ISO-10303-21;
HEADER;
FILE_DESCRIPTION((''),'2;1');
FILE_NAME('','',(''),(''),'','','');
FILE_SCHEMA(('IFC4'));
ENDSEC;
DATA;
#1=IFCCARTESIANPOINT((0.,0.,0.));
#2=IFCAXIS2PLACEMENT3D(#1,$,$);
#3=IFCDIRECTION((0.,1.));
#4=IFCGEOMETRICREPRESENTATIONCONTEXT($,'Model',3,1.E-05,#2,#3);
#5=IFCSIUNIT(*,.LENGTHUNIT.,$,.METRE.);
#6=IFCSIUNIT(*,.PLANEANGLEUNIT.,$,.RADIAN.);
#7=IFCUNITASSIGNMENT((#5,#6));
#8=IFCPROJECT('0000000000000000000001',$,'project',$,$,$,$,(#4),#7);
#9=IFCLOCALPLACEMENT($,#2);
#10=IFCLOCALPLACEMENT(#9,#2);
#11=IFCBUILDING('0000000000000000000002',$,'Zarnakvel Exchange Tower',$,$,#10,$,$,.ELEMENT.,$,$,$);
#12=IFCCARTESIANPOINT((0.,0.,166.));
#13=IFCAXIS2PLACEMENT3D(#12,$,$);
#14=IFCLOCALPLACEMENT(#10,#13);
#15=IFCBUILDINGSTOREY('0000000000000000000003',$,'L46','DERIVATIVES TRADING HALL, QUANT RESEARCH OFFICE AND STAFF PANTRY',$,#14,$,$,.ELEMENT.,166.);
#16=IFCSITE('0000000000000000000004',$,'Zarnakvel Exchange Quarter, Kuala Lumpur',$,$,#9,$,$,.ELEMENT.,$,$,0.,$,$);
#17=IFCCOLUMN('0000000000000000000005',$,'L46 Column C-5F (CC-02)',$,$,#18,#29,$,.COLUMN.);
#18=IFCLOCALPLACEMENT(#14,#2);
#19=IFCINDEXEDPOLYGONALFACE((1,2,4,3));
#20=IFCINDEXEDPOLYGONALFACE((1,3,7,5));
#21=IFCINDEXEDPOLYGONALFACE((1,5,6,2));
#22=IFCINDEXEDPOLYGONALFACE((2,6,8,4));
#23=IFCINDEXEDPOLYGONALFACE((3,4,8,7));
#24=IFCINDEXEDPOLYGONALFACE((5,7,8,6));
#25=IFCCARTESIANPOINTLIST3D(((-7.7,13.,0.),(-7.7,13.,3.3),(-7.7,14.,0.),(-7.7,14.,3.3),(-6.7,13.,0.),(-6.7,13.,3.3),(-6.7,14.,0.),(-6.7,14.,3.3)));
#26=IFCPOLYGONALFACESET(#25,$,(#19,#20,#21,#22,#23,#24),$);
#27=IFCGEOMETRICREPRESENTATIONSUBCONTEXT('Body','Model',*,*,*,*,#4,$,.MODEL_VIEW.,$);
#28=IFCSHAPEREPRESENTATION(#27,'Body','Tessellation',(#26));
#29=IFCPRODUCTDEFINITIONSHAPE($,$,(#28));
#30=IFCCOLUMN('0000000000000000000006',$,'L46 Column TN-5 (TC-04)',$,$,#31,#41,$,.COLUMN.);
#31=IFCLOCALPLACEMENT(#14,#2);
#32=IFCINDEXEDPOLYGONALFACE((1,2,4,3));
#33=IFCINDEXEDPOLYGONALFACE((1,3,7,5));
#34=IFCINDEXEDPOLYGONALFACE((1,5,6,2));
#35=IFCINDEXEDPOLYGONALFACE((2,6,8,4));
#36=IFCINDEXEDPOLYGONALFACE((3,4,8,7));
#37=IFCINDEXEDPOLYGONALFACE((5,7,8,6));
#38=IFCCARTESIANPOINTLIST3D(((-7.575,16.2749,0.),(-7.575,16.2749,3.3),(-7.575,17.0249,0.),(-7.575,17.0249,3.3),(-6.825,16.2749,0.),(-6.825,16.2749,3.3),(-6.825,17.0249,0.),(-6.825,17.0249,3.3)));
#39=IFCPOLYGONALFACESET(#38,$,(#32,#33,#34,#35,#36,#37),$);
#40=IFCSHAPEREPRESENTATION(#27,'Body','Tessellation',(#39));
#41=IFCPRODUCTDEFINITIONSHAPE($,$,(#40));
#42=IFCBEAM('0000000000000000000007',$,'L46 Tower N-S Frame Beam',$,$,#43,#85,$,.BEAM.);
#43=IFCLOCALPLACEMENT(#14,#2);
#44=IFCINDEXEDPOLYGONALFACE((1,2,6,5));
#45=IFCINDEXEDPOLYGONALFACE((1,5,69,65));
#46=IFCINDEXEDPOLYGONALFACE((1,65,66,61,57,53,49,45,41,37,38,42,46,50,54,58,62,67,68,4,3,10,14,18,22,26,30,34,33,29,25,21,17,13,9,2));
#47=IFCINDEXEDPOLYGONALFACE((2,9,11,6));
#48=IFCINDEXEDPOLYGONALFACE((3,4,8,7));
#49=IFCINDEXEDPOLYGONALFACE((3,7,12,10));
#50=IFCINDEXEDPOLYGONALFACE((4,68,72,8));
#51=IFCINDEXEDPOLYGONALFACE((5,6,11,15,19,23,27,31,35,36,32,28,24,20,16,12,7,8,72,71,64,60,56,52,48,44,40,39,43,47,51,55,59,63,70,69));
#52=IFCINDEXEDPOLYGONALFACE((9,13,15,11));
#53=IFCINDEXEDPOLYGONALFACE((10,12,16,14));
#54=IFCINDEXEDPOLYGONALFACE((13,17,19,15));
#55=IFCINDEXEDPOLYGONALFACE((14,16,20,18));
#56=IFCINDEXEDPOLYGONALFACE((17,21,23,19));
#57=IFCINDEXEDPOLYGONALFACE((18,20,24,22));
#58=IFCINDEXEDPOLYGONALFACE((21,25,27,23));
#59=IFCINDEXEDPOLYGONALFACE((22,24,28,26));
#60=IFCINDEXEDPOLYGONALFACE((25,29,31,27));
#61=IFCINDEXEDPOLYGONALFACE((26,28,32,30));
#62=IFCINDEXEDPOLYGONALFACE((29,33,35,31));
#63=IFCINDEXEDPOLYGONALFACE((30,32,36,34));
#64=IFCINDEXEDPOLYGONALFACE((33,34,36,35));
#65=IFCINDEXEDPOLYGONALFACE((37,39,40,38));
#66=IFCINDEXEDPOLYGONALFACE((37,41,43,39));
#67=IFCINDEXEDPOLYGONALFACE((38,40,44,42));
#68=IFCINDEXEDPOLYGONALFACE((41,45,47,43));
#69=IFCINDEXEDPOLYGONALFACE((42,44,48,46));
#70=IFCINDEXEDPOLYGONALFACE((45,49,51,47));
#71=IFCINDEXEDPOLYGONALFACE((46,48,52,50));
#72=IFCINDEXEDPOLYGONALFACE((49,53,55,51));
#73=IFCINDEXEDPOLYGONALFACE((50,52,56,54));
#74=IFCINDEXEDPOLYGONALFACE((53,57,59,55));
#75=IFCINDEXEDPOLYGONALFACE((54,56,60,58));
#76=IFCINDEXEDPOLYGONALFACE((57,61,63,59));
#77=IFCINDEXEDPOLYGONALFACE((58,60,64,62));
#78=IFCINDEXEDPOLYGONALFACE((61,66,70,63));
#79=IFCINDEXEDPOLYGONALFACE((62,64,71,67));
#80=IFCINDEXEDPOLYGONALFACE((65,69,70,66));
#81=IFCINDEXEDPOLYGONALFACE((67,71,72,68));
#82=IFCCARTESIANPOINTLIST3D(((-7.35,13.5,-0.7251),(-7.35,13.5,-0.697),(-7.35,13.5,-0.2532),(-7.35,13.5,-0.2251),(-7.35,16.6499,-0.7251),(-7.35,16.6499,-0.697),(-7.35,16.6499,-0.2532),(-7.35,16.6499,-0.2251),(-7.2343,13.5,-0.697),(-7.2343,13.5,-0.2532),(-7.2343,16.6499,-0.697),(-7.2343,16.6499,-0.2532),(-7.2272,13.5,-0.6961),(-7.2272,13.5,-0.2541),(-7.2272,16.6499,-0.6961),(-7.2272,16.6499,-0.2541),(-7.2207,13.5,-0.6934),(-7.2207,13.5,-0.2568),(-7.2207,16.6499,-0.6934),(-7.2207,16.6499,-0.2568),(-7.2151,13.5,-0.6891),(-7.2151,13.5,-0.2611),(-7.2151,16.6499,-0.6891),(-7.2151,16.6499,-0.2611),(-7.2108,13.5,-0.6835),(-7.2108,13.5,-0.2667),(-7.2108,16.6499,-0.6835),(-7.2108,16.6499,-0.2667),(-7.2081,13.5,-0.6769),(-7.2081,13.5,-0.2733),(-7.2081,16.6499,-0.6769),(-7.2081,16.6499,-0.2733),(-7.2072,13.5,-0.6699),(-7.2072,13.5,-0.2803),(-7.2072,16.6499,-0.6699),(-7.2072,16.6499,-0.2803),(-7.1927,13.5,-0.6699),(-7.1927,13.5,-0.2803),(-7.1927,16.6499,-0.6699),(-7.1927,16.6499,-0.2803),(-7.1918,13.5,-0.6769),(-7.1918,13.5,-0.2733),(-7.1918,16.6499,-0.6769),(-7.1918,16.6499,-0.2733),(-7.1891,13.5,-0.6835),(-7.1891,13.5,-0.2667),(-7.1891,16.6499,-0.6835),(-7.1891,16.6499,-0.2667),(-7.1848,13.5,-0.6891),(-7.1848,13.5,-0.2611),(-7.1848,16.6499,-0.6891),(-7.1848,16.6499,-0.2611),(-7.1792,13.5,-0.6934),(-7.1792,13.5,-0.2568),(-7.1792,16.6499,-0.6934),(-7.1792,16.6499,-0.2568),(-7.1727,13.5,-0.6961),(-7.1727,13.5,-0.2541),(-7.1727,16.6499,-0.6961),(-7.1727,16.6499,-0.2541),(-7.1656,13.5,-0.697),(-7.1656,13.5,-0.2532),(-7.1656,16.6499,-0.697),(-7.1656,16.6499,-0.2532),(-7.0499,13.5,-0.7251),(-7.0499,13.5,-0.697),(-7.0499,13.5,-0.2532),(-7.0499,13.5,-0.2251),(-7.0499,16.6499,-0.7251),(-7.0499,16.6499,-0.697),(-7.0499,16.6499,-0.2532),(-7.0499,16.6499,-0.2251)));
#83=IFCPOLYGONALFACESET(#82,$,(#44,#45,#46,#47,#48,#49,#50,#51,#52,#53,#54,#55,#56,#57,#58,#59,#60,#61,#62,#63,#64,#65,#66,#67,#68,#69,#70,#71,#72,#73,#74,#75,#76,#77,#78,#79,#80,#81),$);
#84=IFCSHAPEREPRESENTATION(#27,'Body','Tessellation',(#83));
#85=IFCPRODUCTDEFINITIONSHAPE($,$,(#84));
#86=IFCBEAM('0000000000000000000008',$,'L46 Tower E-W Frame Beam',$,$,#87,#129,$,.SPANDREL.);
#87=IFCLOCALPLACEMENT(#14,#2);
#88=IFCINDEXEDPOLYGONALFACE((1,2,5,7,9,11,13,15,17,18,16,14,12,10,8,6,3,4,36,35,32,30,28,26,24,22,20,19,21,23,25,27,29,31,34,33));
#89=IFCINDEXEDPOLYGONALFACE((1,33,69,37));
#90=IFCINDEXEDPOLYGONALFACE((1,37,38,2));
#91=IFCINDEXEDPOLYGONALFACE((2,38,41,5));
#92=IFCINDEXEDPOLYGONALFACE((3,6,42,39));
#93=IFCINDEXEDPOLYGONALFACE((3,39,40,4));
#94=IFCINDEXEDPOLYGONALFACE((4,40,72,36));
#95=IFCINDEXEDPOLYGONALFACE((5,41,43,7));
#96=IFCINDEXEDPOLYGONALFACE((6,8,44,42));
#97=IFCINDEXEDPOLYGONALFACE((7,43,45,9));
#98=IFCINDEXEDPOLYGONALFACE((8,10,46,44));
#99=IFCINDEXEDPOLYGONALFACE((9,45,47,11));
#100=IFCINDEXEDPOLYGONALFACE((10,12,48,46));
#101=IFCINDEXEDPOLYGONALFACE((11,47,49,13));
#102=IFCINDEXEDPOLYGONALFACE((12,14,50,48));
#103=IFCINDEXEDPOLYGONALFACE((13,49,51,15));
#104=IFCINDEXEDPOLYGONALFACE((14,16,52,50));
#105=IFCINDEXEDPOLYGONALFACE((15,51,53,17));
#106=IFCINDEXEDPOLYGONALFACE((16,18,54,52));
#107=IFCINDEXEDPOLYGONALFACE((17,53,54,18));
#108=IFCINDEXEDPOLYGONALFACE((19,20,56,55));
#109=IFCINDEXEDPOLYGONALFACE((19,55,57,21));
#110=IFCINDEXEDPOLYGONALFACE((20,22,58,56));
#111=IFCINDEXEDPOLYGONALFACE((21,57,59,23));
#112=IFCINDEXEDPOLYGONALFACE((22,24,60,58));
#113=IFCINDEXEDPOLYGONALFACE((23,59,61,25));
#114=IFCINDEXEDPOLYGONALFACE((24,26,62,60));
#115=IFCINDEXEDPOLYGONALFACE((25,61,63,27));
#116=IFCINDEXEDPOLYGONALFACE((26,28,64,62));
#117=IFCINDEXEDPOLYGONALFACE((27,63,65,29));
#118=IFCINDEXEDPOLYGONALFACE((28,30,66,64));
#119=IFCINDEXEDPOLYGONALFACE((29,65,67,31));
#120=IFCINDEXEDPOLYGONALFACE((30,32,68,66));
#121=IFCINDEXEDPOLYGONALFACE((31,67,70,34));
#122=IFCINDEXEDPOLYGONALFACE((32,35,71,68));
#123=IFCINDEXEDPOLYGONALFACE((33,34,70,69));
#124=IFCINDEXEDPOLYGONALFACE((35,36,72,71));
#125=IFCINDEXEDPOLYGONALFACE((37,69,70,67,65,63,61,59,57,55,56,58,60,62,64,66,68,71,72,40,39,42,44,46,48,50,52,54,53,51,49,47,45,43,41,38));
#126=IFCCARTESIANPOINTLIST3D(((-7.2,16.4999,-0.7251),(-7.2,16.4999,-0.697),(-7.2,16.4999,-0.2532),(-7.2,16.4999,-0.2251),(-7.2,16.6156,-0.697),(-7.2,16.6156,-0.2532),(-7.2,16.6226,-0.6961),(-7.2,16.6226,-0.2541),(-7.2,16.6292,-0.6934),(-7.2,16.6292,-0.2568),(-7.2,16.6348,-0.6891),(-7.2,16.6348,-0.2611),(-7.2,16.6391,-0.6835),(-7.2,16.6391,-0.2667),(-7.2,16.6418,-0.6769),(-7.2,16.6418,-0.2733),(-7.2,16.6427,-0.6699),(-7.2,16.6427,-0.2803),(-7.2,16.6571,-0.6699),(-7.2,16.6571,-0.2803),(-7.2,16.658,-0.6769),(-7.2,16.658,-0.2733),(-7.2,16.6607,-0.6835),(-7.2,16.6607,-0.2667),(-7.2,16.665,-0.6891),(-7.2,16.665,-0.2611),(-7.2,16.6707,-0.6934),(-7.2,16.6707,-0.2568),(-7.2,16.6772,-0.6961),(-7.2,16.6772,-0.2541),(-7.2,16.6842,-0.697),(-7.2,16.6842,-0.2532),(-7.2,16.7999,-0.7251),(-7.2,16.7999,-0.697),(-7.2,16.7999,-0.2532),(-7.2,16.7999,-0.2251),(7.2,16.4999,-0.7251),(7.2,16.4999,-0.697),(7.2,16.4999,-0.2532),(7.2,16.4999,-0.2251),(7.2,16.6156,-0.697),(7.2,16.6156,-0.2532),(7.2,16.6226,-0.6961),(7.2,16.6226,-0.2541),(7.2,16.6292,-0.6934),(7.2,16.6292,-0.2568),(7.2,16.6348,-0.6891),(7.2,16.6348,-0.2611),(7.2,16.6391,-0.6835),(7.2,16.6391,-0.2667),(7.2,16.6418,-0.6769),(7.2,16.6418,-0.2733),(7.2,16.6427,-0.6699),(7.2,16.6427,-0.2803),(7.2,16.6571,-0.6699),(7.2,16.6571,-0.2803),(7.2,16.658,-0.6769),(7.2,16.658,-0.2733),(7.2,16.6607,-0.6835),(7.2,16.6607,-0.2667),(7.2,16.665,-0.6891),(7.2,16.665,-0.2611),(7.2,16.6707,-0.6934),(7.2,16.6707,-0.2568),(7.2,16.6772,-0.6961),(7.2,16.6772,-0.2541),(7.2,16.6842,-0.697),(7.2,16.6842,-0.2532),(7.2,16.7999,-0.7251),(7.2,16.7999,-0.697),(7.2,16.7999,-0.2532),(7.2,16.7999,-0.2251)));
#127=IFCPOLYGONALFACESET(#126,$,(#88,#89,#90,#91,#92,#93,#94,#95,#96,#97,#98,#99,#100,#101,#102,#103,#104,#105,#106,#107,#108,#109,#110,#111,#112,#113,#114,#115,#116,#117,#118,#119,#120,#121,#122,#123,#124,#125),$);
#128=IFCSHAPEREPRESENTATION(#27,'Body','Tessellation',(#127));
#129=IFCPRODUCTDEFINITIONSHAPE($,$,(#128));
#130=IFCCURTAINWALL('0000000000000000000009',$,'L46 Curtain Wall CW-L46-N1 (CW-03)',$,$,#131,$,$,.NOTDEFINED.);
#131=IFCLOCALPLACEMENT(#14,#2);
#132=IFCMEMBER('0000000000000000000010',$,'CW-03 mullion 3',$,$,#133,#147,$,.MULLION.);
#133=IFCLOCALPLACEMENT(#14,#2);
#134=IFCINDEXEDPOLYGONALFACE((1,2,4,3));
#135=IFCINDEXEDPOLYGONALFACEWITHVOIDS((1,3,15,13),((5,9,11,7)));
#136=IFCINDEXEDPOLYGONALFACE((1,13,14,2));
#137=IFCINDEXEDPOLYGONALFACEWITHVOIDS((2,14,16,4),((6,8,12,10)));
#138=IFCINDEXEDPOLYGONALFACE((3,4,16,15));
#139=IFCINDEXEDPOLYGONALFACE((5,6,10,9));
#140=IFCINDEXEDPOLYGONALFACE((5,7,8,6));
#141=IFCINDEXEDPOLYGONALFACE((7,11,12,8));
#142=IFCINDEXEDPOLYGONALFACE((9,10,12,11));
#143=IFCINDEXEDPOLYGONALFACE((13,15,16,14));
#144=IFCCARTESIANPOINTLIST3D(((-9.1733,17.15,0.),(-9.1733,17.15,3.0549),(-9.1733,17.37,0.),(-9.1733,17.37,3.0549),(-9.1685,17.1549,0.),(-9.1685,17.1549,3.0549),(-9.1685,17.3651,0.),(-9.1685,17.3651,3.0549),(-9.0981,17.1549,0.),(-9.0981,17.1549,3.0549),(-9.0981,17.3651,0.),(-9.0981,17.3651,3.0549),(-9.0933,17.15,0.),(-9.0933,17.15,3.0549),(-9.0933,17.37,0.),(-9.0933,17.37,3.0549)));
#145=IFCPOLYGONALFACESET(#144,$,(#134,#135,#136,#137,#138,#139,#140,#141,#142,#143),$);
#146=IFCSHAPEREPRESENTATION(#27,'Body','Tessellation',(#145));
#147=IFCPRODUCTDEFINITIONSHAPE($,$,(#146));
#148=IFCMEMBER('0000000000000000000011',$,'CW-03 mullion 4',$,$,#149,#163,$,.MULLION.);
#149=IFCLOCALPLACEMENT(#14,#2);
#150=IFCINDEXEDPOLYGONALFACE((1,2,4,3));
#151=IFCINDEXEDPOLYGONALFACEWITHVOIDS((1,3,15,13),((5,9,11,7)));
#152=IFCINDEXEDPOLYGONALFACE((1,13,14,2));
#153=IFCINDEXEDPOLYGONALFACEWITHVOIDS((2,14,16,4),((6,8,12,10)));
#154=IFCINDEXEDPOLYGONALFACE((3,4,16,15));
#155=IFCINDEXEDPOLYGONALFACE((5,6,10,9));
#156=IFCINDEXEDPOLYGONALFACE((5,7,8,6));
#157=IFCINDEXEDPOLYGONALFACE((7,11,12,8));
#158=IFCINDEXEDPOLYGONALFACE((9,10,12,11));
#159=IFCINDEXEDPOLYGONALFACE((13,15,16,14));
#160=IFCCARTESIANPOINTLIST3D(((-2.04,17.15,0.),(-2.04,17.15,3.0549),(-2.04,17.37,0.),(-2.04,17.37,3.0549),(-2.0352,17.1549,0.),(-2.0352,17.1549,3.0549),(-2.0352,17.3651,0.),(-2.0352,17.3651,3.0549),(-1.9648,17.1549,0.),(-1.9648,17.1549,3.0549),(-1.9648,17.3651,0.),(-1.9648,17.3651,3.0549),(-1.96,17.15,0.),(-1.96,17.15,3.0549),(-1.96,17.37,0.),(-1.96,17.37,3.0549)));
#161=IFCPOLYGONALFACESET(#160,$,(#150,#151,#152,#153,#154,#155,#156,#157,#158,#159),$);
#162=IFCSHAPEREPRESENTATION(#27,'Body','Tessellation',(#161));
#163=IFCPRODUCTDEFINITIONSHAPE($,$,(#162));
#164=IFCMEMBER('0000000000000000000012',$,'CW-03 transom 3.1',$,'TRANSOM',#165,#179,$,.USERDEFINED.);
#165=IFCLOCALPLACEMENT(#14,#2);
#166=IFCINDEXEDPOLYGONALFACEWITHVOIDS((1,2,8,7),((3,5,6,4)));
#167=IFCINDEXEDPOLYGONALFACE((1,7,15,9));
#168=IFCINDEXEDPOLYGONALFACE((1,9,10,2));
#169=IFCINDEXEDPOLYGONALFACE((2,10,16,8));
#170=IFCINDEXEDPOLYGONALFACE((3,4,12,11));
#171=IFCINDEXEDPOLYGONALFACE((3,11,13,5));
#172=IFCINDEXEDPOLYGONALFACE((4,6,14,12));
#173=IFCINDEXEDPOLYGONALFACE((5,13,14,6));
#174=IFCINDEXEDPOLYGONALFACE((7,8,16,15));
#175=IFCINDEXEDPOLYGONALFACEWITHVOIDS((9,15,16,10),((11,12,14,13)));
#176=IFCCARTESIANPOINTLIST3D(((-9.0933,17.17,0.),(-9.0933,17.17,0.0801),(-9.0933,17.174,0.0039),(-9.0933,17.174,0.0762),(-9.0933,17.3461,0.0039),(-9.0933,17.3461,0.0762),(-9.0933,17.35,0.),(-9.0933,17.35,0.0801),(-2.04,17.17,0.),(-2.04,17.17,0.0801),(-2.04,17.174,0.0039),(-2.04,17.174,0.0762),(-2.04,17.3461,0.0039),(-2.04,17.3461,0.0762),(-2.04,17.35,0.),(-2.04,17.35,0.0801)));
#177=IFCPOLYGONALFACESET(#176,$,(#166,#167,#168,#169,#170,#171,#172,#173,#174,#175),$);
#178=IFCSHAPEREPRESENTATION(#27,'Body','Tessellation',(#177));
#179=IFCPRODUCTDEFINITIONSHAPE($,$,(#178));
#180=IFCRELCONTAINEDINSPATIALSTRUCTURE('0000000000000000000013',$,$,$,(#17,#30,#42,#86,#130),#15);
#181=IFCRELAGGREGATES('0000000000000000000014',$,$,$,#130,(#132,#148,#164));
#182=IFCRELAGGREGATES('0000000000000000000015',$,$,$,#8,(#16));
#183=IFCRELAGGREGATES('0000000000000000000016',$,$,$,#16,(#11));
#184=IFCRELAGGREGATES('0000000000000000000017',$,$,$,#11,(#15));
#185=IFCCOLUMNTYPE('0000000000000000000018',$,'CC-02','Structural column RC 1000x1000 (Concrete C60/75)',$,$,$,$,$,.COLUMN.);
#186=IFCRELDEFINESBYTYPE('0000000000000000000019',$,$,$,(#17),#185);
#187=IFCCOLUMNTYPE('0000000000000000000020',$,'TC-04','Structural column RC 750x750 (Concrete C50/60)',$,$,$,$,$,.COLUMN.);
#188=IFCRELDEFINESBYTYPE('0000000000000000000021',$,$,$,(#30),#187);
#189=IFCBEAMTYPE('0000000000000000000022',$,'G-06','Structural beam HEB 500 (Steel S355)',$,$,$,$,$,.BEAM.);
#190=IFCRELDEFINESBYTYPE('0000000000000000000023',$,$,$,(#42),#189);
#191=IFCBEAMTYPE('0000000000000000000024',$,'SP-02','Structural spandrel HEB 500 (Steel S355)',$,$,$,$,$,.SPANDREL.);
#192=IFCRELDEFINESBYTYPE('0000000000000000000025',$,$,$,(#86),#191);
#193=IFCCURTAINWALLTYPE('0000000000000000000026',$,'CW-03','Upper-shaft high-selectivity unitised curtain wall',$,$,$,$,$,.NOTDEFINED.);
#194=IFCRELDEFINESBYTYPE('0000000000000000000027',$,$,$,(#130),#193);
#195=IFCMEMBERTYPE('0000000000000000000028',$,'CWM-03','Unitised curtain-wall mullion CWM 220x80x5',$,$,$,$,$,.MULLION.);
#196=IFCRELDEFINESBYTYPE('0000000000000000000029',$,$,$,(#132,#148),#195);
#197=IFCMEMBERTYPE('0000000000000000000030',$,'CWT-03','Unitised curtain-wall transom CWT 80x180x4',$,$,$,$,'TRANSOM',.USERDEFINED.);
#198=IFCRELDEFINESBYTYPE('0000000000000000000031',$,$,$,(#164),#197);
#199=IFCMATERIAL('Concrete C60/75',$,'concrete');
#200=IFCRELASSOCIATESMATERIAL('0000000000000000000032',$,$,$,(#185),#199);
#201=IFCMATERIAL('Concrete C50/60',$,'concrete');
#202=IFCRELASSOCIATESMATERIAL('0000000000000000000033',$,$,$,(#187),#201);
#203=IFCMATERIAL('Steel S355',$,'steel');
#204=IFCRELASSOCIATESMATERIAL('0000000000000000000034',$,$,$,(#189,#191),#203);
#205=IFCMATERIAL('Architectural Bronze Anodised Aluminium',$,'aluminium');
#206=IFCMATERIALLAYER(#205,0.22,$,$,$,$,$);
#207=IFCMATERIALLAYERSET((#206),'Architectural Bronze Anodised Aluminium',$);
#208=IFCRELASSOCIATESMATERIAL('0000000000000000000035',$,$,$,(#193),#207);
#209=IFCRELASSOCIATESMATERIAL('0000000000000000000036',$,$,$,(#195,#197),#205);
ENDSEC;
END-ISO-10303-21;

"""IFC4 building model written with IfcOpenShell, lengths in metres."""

from ifc_helpers import new_model, si_unit, direction, frame, origin, origin_2d, place, context, subcontext, project, spatial, rectangle, hollow_rectangle, i_section, extrude, source, transform, mapped, material, layer, layer_set, material_profile, profile_set, type_object, element, aggregate, save


model = new_model("IFC4")

# Units and contexts
model_context = context("Model", 3, precision=1e-05, world=origin(), true_north=direction((0.0, 1.0)))
body_context = subcontext(model_context, "Body", "Model", "MODEL_VIEW")
ifc_project = project(units=[si_unit("LENGTHUNIT", "METRE"), si_unit("PLANEANGLEUNIT", "RADIAN")], contexts=[model_context])

# Site, building, storey
site_placement = place(None, origin())
site = spatial("IfcSite", under=ifc_project, at=site_placement, Name="Zarnakvel Exchange Quarter, Kuala Lumpur", CompositionType="ELEMENT", RefElevation=0.0)
building_placement = place(site_placement, origin())
building = spatial("IfcBuilding", under=site, at=building_placement, Name="Zarnakvel Exchange Tower", CompositionType="ELEMENT")
storey_placement = place(building_placement, frame((0.0, 0.0, 166.0)))
storey = spatial("IfcBuildingStorey", under=building, at=storey_placement, Name="L46", Description="DERIVATIVES TRADING HALL, QUANT RESEARCH OFFICE AND STAFF PANTRY", CompositionType="ELEMENT", Elevation=166.0)

# Columns
ifc_material_1 = material(Name="Concrete C60/75", Category="concrete")
ifc_material_profile_1 = material_profile(ifc_material_1, rectangle(XDim=1.0, YDim=1.0, at=origin_2d()))
ifc_profile_set_1 = profile_set([ifc_material_profile_1], Name="Concrete C60/75")
column_type_1 = type_object("IfcColumnType", Name="CC-02", Description="Structural column RC 1000x1000 (Concrete C60/75)", PredefinedType="COLUMN", material=ifc_profile_set_1)
column_1_placement = place(storey_placement, frame((-7.2, 13.5, 0.0), z_axis=(0.0, 0.0, 1.0), x_axis=(1.0, 0.0, 0.0)))
element("IfcColumn", 1, at=column_1_placement, inside=storey, type_object=column_type_1, Name="L46 Column C-5F (CC-02)", PredefinedType="COLUMN", context=body_context, shape_type="SweptSolid", body=[
    extrude(rectangle(XDim=1.0, YDim=1.0, at=origin_2d()), origin(), (0.0, 0.0, 1.0), 3.3),
])
ifc_material_2 = material(Name="Concrete C50/60", Category="concrete")
ifc_material_profile_2 = material_profile(ifc_material_2, rectangle(XDim=0.75, YDim=0.75, at=origin_2d()))
ifc_profile_set_2 = profile_set([ifc_material_profile_2], Name="Concrete C50/60")
column_type_2 = type_object("IfcColumnType", Name="TC-04", Description="Structural column RC 750x750 (Concrete C50/60)", PredefinedType="COLUMN", material=ifc_profile_set_2)
column_2_placement = place(storey_placement, frame((-7.2, 16.6499, 0.0), z_axis=(0.0, 0.0, 1.0), x_axis=(1.0, 0.0, 0.0)))
element("IfcColumn", 2, at=column_2_placement, inside=storey, type_object=column_type_2, Name="L46 Column TN-5 (TC-04)", PredefinedType="COLUMN", context=body_context, shape_type="SweptSolid", body=[
    extrude(rectangle(XDim=0.75, YDim=0.75, at=origin_2d()), origin(), (0.0, 0.0, 1.0), 3.3),
])

# Beams
ifc_material_3 = material(Name="Steel S355", Category="steel")
ifc_material_profile_3 = material_profile(ifc_material_3, i_section(OverallWidth=0.3, OverallDepth=0.5, WebThickness=0.0144, FlangeThickness=0.0281, FilletRadius=0.0271, at=origin_2d()))
ifc_profile_set_3 = profile_set([ifc_material_profile_3], Name="Steel S355")
beam_type_1 = type_object("IfcBeamType", Name="G-06", Description="Structural beam HEB 500 (Steel S355)", PredefinedType="BEAM", material=ifc_profile_set_3)
beam_1_placement = place(storey_placement, frame((-7.2, 13.5, -0.4751), z_axis=(0.0, 1.0, 0.0), x_axis=(-1.0, 0.0, 0.0)))
element("IfcBeam", 3, at=beam_1_placement, inside=storey, type_object=beam_type_1, Name="L46 Tower N-S Frame Beam", PredefinedType="BEAM", context=body_context, shape_type="SweptSolid", body=[
    extrude(i_section(OverallWidth=0.3, OverallDepth=0.5, WebThickness=0.0144, FlangeThickness=0.0281, FilletRadius=0.0271, at=origin_2d()), origin(), (0.0, 0.0, 1.0), 3.1499),
])
ifc_material_profile_4 = material_profile(ifc_material_3, i_section(OverallWidth=0.3, OverallDepth=0.5, WebThickness=0.0144, FlangeThickness=0.0281, FilletRadius=0.0271, at=origin_2d()))
ifc_profile_set_4 = profile_set([ifc_material_profile_4], Name="Steel S355")
beam_type_2 = type_object("IfcBeamType", Name="SP-02", Description="Structural spandrel HEB 500 (Steel S355)", PredefinedType="SPANDREL", material=ifc_profile_set_4)
beam_2_placement = place(storey_placement, frame((-7.2, 16.6499, -0.4751), z_axis=(1.0, 0.0, 0.0), x_axis=(0.0, 1.0, 0.0)))
element("IfcBeam", 4, at=beam_2_placement, inside=storey, type_object=beam_type_2, Name="L46 Tower E-W Frame Beam", PredefinedType="SPANDREL", context=body_context, shape_type="SweptSolid", body=[
    extrude(i_section(OverallWidth=0.3, OverallDepth=0.5, WebThickness=0.0144, FlangeThickness=0.0281, FilletRadius=0.0271, at=origin_2d()), origin(), (0.0, 0.0, 1.0), 14.3999),
])

# Curtain wall, members
ifc_material_4 = material(Name="Architectural Bronze Anodised Aluminium", Category="aluminium")
ifc_layer_1 = layer(ifc_material_4, 0.22)
ifc_layer_set_1 = layer_set([ifc_layer_1], Name="Architectural Bronze Anodised Aluminium")
curtain_wall_type = type_object("IfcCurtainWallType", Name="CW-03", Description="Upper-shaft high-selectivity unitised curtain wall", PredefinedType="NOTDEFINED", material=ifc_layer_set_1)
curtain_wall_placement = place(storey_placement, origin())
curtain_wall = element("IfcCurtainWall", 5, at=curtain_wall_placement, inside=storey, type_object=curtain_wall_type, Name="L46 Curtain Wall CW-L46-N1 (CW-03)", PredefinedType="NOTDEFINED")
ifc_material_profile_5 = material_profile(ifc_material_4, hollow_rectangle(XDim=0.22, YDim=0.0801, WallThickness=0.0049, at=origin_2d()))
ifc_profile_set_5 = profile_set([ifc_material_profile_5], Name="Architectural Bronze Anodised Aluminium")
member_type_1 = type_object("IfcMemberType", Name="CWM-03", Description="Unitised curtain-wall mullion CWM 220x80x5", PredefinedType="MULLION", material=ifc_profile_set_5)
shared_shape_1 = source(origin(), body_context, "Body", "SweptSolid", [
    extrude(hollow_rectangle(XDim=0.22, YDim=0.0801, WallThickness=0.0049, at=origin_2d()), origin(), (0.0, 0.0, 1.0), 3.0549),
])
member_1_placement = place(storey_placement, frame((-9.1333, 17.26, 0.0), z_axis=(0.0, 0.0, 1.0), x_axis=(0.0, 1.0, 0.0)))
member_1 = element("IfcMember", 6, at=member_1_placement, type_object=member_type_1, Name="CW-03 mullion 3", PredefinedType="MULLION", context=body_context, shape_type="MappedRepresentation", body=[
    mapped(shared_shape_1, transform((0.0, 0.0, 0.0), x_axis=(1.0, 0.0, 0.0), y_axis=(0.0, 1.0, 0.0), z_axis=(0.0, 0.0, 1.0), scale=1.0)),
])
member_2_placement = place(storey_placement, frame((-2.0, 17.26, 0.0), z_axis=(0.0, 0.0, 1.0), x_axis=(0.0, 1.0, 0.0)))
member_2 = element("IfcMember", 7, at=member_2_placement, type_object=member_type_1, Name="CW-03 mullion 4", PredefinedType="MULLION", context=body_context, shape_type="MappedRepresentation", body=[
    mapped(shared_shape_1, transform((0.0, 0.0, 0.0), x_axis=(1.0, 0.0, 0.0), y_axis=(0.0, 1.0, 0.0), z_axis=(0.0, 0.0, 1.0), scale=1.0)),
])
ifc_material_profile_6 = material_profile(ifc_material_4, hollow_rectangle(XDim=0.1799, YDim=0.0801, WallThickness=0.0039, at=origin_2d()))
ifc_profile_set_6 = profile_set([ifc_material_profile_6], Name="Architectural Bronze Anodised Aluminium")
member_type_2 = type_object("IfcMemberType", Name="CWT-03", Description="Unitised curtain-wall transom CWT 80x180x4", ElementType="TRANSOM", PredefinedType="USERDEFINED", material=ifc_profile_set_6)
shared_shape_2 = source(origin(), body_context, "Body", "SweptSolid", [
    extrude(hollow_rectangle(XDim=0.1799, YDim=0.0801, WallThickness=0.0039, at=origin_2d()), origin(), (0.0, 0.0, 1.0), 7.0532),
])
member_3_placement = place(storey_placement, frame((-9.0933, 17.26, 0.04), z_axis=(1.0, 0.0, 0.0), x_axis=(0.0, 1.0, 0.0)))
member_3 = element("IfcMember", 8, at=member_3_placement, type_object=member_type_2, Name="CW-03 transom 3.1", ObjectType="TRANSOM", PredefinedType="USERDEFINED", context=body_context, shape_type="MappedRepresentation", body=[
    mapped(shared_shape_2, transform((0.0, 0.0, 0.0), x_axis=(1.0, 0.0, 0.0), y_axis=(0.0, 1.0, 0.0), z_axis=(0.0, 0.0, 1.0), scale=1.0)),
])
aggregate(curtain_wall, [member_1, member_2, member_3])

save(model, "model.ifc")
